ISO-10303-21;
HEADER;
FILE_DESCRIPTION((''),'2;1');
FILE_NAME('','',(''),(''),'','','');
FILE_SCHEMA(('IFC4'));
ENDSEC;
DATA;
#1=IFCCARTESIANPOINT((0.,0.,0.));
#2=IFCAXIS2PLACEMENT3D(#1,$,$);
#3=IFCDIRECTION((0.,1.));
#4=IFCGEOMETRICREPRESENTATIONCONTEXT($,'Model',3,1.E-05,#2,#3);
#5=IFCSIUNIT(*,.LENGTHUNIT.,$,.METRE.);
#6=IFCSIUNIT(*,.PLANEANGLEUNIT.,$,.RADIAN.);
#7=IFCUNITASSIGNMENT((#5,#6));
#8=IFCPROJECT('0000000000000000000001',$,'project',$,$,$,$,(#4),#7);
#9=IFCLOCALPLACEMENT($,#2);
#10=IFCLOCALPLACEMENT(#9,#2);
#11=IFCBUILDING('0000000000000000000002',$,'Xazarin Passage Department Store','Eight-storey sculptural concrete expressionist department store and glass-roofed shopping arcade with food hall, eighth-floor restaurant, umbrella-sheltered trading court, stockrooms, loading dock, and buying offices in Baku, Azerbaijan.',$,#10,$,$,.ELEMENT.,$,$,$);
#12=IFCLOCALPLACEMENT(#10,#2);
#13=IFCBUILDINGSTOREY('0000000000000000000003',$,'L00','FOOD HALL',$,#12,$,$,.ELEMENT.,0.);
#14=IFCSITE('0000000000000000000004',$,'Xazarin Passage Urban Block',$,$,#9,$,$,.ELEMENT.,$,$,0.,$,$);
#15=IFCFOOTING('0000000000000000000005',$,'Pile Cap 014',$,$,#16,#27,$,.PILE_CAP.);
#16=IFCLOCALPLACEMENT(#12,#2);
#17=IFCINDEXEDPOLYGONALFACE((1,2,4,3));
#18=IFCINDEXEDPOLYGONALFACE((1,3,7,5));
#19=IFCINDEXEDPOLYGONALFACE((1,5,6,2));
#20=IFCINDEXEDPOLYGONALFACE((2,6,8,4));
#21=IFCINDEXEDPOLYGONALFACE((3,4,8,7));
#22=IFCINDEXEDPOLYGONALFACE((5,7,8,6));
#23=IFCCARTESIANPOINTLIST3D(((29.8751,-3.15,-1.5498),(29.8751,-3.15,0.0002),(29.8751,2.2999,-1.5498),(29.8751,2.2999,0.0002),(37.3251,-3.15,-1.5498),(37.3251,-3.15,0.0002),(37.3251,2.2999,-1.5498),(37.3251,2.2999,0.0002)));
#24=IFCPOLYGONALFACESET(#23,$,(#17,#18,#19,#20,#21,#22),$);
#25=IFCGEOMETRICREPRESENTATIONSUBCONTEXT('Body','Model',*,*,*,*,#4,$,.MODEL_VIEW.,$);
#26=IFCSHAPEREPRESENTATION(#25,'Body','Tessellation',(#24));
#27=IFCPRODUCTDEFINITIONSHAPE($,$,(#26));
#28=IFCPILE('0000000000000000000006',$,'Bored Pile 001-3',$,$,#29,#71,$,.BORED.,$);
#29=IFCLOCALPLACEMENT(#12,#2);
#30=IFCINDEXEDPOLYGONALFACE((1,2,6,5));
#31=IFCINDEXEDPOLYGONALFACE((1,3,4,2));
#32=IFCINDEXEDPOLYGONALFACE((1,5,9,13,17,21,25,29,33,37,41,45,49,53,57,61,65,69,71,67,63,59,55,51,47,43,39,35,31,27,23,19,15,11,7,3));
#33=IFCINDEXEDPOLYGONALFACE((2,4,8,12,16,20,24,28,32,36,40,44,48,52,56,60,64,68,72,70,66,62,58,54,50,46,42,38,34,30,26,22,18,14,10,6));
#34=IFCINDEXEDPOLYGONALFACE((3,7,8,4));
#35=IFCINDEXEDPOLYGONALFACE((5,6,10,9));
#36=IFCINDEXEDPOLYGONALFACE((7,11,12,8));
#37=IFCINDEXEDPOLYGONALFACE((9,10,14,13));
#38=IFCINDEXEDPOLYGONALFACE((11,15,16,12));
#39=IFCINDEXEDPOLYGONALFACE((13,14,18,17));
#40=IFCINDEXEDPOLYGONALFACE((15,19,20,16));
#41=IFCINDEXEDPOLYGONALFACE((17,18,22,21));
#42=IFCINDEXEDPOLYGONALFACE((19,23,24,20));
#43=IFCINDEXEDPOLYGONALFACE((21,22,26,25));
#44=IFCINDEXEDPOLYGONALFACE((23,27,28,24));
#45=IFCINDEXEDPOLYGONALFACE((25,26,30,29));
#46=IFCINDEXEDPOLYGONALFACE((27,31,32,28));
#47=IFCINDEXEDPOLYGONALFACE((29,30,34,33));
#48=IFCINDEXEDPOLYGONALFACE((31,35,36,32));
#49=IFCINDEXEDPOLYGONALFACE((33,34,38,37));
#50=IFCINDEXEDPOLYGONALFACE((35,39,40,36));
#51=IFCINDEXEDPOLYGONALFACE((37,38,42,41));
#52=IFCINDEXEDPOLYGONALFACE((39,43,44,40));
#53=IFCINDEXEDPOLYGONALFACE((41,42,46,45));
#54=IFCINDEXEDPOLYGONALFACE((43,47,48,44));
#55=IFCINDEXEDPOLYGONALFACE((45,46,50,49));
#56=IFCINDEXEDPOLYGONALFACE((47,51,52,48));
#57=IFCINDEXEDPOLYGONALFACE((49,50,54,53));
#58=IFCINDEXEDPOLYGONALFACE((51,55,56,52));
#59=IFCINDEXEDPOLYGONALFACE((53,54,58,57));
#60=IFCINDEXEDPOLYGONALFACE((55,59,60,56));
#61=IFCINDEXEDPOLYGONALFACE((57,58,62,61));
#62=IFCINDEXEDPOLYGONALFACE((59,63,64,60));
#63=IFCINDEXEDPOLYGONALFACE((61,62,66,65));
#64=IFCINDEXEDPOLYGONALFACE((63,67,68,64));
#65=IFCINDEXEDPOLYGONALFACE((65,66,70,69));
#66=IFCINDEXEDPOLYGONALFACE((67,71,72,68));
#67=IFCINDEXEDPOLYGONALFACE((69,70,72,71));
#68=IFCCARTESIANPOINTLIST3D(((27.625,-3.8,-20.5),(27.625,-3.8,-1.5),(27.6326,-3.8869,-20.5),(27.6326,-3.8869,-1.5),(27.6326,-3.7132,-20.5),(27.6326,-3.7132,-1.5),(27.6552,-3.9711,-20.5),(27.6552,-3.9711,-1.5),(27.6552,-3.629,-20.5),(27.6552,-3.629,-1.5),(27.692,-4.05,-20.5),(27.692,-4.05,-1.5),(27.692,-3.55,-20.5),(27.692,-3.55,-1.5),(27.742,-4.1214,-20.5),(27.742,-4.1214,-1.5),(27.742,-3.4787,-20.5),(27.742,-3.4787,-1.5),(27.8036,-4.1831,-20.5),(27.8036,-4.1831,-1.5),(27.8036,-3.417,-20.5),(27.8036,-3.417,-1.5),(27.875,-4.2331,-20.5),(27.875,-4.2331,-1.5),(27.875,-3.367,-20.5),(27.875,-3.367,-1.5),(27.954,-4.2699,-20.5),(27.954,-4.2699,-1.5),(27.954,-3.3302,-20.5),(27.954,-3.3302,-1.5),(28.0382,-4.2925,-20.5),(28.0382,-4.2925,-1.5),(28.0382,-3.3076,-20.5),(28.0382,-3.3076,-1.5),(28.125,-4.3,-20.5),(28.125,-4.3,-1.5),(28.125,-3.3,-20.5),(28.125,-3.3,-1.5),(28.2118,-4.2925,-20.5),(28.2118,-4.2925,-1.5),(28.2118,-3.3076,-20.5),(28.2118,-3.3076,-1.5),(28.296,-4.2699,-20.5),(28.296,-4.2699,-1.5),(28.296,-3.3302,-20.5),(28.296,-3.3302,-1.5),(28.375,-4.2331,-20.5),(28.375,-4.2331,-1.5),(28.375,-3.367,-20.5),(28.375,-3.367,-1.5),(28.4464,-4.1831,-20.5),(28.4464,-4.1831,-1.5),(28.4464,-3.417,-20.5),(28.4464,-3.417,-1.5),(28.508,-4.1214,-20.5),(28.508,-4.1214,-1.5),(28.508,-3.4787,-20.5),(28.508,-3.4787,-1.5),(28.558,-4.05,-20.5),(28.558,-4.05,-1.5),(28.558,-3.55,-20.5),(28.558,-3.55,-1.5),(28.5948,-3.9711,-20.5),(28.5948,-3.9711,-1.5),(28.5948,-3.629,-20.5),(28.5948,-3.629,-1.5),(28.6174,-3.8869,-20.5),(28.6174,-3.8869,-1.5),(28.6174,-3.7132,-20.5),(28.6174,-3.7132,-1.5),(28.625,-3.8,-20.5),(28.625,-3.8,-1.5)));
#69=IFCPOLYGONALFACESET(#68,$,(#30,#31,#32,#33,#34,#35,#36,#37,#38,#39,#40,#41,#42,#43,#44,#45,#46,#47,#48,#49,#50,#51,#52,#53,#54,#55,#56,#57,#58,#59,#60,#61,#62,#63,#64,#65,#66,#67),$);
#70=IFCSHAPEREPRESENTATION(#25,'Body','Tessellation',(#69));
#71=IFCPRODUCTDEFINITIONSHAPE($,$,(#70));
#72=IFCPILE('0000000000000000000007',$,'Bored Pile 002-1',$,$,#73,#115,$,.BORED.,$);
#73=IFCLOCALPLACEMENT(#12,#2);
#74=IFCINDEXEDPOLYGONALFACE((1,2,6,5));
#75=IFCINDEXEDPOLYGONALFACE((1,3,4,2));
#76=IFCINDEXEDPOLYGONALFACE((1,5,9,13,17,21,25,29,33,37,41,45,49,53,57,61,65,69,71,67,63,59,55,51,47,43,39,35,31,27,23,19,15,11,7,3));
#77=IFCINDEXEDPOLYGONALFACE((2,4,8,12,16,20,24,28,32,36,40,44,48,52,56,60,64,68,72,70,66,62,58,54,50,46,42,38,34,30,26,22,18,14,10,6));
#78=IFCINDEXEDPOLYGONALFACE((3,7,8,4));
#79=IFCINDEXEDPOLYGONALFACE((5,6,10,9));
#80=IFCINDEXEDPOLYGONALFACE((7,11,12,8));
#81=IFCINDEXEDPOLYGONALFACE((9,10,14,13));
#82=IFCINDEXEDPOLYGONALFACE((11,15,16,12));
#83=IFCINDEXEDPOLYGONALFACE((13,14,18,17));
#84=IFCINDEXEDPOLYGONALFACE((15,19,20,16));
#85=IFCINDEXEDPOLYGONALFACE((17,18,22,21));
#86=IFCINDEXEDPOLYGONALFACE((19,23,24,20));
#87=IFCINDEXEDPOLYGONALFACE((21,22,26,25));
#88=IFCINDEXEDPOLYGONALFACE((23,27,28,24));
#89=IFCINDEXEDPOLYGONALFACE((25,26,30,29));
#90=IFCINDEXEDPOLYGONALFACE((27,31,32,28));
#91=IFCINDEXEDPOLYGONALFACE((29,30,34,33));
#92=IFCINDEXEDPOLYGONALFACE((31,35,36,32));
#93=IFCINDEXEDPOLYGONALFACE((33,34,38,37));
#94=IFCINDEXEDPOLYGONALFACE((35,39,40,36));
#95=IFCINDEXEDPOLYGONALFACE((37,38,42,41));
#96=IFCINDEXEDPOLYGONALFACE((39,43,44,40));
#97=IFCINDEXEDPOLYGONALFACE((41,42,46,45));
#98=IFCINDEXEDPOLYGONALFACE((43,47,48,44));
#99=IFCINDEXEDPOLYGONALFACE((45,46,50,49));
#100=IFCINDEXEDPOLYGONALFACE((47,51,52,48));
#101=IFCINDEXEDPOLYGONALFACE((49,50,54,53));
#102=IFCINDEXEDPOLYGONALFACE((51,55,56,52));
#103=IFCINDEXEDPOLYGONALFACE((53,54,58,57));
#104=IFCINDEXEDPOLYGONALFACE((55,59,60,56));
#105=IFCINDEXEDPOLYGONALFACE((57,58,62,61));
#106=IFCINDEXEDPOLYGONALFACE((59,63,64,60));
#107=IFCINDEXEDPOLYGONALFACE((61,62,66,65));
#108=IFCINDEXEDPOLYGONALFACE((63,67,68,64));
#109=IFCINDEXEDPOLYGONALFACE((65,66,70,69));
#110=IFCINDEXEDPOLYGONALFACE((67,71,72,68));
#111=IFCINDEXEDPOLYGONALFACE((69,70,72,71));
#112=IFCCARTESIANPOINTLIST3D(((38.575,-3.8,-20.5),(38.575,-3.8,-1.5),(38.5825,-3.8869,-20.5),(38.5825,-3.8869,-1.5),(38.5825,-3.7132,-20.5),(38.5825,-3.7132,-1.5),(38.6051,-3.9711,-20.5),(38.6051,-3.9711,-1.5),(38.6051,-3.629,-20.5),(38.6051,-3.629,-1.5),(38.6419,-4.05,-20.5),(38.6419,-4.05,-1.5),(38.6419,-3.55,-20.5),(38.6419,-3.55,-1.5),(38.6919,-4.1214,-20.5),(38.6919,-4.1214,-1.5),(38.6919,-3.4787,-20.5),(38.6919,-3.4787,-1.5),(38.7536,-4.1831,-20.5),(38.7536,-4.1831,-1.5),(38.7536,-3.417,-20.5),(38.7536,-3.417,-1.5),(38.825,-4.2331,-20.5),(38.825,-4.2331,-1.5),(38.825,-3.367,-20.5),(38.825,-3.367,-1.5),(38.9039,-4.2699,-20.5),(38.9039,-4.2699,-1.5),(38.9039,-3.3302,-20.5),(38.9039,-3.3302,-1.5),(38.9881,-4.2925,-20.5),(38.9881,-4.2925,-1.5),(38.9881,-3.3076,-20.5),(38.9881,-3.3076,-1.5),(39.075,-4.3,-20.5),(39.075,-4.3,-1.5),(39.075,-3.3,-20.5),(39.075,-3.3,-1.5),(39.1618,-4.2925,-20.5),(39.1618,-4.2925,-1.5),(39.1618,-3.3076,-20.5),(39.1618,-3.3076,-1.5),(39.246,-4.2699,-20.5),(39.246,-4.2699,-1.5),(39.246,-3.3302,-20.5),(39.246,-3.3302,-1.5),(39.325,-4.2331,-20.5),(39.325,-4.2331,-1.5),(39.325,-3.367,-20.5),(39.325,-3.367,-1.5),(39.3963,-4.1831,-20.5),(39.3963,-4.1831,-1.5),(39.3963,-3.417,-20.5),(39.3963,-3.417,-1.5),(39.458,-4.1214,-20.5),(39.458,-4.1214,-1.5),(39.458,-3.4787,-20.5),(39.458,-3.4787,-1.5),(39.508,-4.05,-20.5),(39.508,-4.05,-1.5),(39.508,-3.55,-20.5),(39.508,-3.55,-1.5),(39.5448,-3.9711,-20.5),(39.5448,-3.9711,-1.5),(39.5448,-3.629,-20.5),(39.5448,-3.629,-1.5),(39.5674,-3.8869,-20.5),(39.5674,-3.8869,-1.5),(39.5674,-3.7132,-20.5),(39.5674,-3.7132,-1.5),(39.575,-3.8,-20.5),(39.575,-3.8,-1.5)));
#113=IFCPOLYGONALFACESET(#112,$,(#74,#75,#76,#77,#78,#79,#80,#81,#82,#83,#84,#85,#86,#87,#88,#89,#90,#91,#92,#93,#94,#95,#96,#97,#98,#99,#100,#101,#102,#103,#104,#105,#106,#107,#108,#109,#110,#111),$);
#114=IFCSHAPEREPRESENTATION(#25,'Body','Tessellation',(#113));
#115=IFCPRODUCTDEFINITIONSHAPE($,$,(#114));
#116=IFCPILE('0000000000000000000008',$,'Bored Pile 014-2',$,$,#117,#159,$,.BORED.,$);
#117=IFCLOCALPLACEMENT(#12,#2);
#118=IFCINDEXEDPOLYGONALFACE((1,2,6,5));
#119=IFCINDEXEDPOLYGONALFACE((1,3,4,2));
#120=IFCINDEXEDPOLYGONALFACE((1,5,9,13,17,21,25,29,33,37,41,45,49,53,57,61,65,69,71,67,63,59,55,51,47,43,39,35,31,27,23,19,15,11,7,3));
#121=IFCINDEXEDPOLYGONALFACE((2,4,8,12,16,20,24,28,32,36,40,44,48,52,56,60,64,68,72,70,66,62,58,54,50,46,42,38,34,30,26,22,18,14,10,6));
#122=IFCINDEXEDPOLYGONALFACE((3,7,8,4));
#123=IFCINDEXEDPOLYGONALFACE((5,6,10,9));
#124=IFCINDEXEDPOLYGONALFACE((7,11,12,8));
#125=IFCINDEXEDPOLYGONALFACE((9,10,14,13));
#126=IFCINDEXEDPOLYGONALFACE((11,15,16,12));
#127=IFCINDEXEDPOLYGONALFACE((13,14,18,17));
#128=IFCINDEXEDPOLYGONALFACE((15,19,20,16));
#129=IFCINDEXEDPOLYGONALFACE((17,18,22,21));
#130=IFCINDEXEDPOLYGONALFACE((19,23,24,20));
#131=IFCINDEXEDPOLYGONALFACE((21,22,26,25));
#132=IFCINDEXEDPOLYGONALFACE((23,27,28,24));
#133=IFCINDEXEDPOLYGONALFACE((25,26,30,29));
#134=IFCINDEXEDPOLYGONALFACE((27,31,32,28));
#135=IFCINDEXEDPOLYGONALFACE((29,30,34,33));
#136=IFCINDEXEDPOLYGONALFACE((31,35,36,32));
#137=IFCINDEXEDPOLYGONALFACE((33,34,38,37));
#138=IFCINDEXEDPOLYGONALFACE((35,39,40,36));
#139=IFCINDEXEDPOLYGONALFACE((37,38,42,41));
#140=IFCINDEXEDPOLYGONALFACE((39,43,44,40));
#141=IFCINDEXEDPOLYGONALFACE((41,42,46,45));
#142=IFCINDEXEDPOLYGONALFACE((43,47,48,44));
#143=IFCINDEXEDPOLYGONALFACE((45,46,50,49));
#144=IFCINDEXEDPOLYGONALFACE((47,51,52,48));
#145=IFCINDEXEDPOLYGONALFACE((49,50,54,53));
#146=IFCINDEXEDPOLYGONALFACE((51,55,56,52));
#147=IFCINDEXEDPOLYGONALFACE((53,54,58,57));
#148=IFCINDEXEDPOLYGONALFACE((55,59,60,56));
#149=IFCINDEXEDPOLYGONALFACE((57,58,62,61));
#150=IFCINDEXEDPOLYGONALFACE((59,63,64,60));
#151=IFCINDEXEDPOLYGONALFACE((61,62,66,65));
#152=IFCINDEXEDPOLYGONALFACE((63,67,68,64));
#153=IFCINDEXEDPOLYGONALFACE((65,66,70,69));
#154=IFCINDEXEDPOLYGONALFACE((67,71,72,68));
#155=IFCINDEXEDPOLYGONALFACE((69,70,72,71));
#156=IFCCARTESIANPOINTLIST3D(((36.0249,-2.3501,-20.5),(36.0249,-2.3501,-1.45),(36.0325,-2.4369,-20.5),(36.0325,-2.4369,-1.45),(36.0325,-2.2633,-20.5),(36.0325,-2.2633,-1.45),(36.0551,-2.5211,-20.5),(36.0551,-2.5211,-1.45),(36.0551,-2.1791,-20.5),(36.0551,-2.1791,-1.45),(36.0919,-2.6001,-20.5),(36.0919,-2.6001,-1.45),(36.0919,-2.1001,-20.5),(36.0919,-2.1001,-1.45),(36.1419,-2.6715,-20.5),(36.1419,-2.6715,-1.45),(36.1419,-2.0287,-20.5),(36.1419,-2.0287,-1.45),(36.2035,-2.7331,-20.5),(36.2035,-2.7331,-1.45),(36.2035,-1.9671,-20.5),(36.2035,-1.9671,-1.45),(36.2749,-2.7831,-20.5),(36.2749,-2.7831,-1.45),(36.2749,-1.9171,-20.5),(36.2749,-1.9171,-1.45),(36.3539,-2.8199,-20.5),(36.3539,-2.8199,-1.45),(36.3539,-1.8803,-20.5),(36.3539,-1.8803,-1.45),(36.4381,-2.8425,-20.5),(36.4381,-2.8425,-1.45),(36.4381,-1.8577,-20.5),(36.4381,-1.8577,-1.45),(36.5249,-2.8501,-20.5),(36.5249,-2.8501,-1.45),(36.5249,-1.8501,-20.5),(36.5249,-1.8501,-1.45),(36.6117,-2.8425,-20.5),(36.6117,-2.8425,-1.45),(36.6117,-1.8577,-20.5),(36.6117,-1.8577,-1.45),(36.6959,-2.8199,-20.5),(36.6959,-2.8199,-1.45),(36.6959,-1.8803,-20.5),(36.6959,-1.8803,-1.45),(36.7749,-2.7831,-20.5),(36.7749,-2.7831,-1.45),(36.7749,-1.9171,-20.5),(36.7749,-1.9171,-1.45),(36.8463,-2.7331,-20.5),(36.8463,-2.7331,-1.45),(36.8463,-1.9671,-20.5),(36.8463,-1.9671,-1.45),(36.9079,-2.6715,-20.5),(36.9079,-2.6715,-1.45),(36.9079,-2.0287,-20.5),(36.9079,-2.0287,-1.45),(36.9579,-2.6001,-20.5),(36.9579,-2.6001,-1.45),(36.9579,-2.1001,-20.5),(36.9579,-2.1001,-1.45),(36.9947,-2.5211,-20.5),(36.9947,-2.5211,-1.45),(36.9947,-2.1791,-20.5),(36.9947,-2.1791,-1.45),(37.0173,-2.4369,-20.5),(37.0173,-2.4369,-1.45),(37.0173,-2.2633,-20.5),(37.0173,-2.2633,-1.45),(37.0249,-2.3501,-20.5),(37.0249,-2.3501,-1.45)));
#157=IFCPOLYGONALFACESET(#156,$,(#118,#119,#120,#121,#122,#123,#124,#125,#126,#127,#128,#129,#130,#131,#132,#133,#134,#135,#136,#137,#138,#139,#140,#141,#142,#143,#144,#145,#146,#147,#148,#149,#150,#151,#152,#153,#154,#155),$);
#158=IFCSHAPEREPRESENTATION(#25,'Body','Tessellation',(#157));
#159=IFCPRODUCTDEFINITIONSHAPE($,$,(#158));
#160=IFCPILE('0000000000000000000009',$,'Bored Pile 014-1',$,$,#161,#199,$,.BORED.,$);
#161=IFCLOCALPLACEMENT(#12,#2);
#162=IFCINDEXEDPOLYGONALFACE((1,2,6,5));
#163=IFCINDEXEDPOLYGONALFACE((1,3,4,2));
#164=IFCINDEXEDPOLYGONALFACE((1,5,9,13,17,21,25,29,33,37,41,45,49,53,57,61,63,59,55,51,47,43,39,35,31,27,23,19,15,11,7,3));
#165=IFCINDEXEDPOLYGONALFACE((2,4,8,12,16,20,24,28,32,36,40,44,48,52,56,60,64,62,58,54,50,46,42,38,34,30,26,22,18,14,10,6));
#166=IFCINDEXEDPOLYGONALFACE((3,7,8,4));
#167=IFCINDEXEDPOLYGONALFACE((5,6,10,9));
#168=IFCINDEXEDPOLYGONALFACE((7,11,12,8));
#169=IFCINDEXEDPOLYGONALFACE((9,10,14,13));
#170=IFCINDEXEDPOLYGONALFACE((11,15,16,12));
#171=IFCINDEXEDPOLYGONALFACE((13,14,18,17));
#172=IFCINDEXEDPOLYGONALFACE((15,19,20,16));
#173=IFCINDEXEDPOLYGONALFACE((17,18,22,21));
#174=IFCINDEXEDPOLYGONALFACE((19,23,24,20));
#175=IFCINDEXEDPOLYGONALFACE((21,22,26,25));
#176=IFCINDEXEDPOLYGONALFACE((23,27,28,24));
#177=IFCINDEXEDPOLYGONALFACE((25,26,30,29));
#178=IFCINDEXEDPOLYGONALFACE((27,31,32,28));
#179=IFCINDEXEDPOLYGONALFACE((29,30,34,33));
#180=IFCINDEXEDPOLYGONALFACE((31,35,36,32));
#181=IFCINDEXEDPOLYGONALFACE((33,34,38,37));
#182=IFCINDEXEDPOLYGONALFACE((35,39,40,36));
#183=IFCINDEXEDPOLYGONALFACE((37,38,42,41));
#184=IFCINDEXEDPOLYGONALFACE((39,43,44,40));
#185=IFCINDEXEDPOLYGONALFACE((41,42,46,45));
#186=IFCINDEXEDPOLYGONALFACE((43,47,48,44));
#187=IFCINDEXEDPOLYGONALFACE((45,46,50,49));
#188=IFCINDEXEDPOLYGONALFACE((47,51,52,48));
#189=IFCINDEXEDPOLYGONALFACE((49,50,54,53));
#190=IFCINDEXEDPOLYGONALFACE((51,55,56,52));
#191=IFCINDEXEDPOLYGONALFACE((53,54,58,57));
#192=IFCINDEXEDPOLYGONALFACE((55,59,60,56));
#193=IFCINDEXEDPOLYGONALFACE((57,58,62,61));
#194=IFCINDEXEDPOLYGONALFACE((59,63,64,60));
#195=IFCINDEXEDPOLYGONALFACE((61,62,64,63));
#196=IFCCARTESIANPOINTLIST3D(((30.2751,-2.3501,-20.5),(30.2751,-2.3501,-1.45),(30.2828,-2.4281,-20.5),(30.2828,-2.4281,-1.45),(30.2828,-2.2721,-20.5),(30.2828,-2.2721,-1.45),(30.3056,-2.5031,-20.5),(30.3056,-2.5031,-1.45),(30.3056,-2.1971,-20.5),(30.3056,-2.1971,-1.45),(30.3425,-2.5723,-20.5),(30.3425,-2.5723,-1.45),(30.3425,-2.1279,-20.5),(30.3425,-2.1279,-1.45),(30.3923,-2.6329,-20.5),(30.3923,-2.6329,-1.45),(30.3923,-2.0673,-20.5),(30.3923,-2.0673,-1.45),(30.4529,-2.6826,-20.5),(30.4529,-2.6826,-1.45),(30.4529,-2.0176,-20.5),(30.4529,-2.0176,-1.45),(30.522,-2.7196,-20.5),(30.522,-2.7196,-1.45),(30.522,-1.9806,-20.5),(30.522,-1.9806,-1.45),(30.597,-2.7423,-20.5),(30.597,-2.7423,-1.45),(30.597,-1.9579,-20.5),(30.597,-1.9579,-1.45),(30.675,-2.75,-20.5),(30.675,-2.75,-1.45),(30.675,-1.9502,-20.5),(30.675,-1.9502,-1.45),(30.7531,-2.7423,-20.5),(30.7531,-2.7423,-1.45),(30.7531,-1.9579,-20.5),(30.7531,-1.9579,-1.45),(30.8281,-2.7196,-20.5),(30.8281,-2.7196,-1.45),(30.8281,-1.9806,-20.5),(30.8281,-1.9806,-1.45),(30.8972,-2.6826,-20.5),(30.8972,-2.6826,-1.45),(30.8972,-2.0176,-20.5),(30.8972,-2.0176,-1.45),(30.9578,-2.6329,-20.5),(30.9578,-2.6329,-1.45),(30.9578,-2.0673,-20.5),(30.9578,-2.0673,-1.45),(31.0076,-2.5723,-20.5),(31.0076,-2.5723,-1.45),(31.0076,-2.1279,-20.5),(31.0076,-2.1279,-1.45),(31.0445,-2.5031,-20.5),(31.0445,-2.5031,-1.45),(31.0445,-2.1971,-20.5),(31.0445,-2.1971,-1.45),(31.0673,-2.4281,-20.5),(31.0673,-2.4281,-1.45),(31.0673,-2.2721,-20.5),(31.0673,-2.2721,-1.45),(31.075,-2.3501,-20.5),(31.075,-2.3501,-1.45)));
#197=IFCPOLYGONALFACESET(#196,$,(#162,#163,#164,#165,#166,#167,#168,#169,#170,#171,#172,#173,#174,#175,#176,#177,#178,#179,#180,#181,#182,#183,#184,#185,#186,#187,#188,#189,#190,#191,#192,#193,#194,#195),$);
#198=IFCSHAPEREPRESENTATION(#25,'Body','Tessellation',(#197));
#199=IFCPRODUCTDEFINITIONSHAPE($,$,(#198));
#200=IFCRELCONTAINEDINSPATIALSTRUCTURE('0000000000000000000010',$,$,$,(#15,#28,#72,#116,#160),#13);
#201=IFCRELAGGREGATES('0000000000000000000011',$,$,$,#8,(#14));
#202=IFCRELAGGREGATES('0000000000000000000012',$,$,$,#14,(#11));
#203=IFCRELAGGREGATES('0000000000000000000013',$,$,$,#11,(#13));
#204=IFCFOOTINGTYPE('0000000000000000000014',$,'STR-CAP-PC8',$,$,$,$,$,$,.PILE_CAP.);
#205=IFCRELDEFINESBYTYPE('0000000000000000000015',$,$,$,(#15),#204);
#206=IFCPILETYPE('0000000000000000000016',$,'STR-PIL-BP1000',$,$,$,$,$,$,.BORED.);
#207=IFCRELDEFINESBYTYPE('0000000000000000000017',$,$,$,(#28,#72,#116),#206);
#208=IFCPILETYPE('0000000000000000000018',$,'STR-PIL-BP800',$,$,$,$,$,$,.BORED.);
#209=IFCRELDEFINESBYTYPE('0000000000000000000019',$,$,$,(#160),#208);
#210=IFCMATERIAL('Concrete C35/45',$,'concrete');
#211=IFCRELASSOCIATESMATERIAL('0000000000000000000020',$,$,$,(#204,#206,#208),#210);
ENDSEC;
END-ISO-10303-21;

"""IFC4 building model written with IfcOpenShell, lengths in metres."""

from ifc_helpers import new_model, si_unit, direction, frame, origin, origin_2d, place, context, subcontext, project, spatial, rectangle, circle, extrude, material, material_profile, profile_set, type_object, element, save


model = new_model("IFC4")

# Units and contexts
model_context = context("Model", 3, precision=1e-05, world=origin(), true_north=direction((0.0, 1.0)))
body_context = subcontext(model_context, "Body", "Model", "MODEL_VIEW")
ifc_project = project(units=[si_unit("LENGTHUNIT", "METRE"), si_unit("PLANEANGLEUNIT", "RADIAN")], contexts=[model_context])

# Site, building, storey
site_placement = place(None, origin())
site = spatial("IfcSite", under=ifc_project, at=site_placement, Name="Xazarin Passage Urban Block", CompositionType="ELEMENT", RefElevation=0.0)
building_placement = place(site_placement, origin())
building = spatial("IfcBuilding", under=site, at=building_placement, Name="Xazarin Passage Department Store", Description="Eight-storey sculptural concrete expressionist department store and glass-roofed shopping arcade with food hall, eighth-floor restaurant, umbrella-sheltered trading court, stockrooms, loading dock, and buying offices in Baku, Azerbaijan.", CompositionType="ELEMENT")
storey_placement = place(building_placement, origin())
storey = spatial("IfcBuildingStorey", under=building, at=storey_placement, Name="L00", Description="FOOD HALL", CompositionType="ELEMENT", Elevation=0.0)

# Footing
ifc_material_1 = material(Name="Concrete C35/45", Category="concrete")
footing_type = type_object("IfcFootingType", Name="STR-CAP-PC8", PredefinedType="PILE_CAP", material=ifc_material_1)
footing_placement = place(storey_placement, frame((33.6001, -0.425, -1.5498), z_axis=(0.0, 0.0, 1.0), x_axis=(1.0, 0.0, 0.0)))
element("IfcFooting", 1, at=footing_placement, inside=storey, type_object=footing_type, Name="Pile Cap 014", PredefinedType="PILE_CAP", context=body_context, shape_type="SweptSolid", body=[
    extrude(rectangle(XDim=7.45, YDim=5.45, at=origin_2d()), origin(), (0.0, 0.0, 1.0), 1.55),
])

# Piles
ifc_material_profile_1 = material_profile(ifc_material_1, circle(Radius=0.5, at=origin_2d()), Name="BP 1000")
ifc_profile_set_1 = profile_set([ifc_material_profile_1], Name="Concrete C35/45")
pile_type_1 = type_object("IfcPileType", Name="STR-PIL-BP1000", PredefinedType="BORED", material=ifc_profile_set_1)
for number, where, z_axis, x_axis, name in (
    (2, (28.125, -3.8, -1.5), (0.0, 0.0, -1.0), (1.0, 0.0, 0.0), "Bored Pile 001-3"),
    (3, (39.075, -3.8, -1.5), (0.0, 0.0, -1.0), (1.0, 0.0, 0.0), "Bored Pile 002-1"),
):
    element("IfcPile", number, at=place(storey_placement, frame(where, z_axis=z_axis, x_axis=x_axis)), inside=storey, type_object=pile_type_1, Name=name, PredefinedType="BORED", context=body_context, shape_type="SweptSolid", body=[
        extrude(circle(Radius=0.5, at=origin_2d()), origin(), (0.0, 0.0, 1.0), 19.0),
    ])
pile_1_placement = place(storey_placement, frame((36.5249, -2.3501, -1.45), z_axis=(0.0, 0.0, -1.0), x_axis=(1.0, 0.0, 0.0)))
element("IfcPile", 4, at=pile_1_placement, inside=storey, type_object=pile_type_1, Name="Bored Pile 014-2", PredefinedType="BORED", context=body_context, shape_type="SweptSolid", body=[
    extrude(circle(Radius=0.5, at=origin_2d()), origin(), (0.0, 0.0, 1.0), 19.05),
])
ifc_material_profile_2 = material_profile(ifc_material_1, circle(Radius=0.3999, at=origin_2d()), Name="BP 800")
ifc_profile_set_2 = profile_set([ifc_material_profile_2], Name="Concrete C35/45")
pile_type_2 = type_object("IfcPileType", Name="STR-PIL-BP800", PredefinedType="BORED", material=ifc_profile_set_2)
pile_2_placement = place(storey_placement, frame((30.675, -2.3501, -1.45), z_axis=(0.0, 0.0, -1.0), x_axis=(1.0, 0.0, 0.0)))
element("IfcPile", 5, at=pile_2_placement, inside=storey, type_object=pile_type_2, Name="Bored Pile 014-1", PredefinedType="BORED", context=body_context, shape_type="SweptSolid", body=[
    extrude(circle(Radius=0.3999, at=origin_2d()), origin(), (0.0, 0.0, 1.0), 19.05),
])

save(model, "model.ifc")
